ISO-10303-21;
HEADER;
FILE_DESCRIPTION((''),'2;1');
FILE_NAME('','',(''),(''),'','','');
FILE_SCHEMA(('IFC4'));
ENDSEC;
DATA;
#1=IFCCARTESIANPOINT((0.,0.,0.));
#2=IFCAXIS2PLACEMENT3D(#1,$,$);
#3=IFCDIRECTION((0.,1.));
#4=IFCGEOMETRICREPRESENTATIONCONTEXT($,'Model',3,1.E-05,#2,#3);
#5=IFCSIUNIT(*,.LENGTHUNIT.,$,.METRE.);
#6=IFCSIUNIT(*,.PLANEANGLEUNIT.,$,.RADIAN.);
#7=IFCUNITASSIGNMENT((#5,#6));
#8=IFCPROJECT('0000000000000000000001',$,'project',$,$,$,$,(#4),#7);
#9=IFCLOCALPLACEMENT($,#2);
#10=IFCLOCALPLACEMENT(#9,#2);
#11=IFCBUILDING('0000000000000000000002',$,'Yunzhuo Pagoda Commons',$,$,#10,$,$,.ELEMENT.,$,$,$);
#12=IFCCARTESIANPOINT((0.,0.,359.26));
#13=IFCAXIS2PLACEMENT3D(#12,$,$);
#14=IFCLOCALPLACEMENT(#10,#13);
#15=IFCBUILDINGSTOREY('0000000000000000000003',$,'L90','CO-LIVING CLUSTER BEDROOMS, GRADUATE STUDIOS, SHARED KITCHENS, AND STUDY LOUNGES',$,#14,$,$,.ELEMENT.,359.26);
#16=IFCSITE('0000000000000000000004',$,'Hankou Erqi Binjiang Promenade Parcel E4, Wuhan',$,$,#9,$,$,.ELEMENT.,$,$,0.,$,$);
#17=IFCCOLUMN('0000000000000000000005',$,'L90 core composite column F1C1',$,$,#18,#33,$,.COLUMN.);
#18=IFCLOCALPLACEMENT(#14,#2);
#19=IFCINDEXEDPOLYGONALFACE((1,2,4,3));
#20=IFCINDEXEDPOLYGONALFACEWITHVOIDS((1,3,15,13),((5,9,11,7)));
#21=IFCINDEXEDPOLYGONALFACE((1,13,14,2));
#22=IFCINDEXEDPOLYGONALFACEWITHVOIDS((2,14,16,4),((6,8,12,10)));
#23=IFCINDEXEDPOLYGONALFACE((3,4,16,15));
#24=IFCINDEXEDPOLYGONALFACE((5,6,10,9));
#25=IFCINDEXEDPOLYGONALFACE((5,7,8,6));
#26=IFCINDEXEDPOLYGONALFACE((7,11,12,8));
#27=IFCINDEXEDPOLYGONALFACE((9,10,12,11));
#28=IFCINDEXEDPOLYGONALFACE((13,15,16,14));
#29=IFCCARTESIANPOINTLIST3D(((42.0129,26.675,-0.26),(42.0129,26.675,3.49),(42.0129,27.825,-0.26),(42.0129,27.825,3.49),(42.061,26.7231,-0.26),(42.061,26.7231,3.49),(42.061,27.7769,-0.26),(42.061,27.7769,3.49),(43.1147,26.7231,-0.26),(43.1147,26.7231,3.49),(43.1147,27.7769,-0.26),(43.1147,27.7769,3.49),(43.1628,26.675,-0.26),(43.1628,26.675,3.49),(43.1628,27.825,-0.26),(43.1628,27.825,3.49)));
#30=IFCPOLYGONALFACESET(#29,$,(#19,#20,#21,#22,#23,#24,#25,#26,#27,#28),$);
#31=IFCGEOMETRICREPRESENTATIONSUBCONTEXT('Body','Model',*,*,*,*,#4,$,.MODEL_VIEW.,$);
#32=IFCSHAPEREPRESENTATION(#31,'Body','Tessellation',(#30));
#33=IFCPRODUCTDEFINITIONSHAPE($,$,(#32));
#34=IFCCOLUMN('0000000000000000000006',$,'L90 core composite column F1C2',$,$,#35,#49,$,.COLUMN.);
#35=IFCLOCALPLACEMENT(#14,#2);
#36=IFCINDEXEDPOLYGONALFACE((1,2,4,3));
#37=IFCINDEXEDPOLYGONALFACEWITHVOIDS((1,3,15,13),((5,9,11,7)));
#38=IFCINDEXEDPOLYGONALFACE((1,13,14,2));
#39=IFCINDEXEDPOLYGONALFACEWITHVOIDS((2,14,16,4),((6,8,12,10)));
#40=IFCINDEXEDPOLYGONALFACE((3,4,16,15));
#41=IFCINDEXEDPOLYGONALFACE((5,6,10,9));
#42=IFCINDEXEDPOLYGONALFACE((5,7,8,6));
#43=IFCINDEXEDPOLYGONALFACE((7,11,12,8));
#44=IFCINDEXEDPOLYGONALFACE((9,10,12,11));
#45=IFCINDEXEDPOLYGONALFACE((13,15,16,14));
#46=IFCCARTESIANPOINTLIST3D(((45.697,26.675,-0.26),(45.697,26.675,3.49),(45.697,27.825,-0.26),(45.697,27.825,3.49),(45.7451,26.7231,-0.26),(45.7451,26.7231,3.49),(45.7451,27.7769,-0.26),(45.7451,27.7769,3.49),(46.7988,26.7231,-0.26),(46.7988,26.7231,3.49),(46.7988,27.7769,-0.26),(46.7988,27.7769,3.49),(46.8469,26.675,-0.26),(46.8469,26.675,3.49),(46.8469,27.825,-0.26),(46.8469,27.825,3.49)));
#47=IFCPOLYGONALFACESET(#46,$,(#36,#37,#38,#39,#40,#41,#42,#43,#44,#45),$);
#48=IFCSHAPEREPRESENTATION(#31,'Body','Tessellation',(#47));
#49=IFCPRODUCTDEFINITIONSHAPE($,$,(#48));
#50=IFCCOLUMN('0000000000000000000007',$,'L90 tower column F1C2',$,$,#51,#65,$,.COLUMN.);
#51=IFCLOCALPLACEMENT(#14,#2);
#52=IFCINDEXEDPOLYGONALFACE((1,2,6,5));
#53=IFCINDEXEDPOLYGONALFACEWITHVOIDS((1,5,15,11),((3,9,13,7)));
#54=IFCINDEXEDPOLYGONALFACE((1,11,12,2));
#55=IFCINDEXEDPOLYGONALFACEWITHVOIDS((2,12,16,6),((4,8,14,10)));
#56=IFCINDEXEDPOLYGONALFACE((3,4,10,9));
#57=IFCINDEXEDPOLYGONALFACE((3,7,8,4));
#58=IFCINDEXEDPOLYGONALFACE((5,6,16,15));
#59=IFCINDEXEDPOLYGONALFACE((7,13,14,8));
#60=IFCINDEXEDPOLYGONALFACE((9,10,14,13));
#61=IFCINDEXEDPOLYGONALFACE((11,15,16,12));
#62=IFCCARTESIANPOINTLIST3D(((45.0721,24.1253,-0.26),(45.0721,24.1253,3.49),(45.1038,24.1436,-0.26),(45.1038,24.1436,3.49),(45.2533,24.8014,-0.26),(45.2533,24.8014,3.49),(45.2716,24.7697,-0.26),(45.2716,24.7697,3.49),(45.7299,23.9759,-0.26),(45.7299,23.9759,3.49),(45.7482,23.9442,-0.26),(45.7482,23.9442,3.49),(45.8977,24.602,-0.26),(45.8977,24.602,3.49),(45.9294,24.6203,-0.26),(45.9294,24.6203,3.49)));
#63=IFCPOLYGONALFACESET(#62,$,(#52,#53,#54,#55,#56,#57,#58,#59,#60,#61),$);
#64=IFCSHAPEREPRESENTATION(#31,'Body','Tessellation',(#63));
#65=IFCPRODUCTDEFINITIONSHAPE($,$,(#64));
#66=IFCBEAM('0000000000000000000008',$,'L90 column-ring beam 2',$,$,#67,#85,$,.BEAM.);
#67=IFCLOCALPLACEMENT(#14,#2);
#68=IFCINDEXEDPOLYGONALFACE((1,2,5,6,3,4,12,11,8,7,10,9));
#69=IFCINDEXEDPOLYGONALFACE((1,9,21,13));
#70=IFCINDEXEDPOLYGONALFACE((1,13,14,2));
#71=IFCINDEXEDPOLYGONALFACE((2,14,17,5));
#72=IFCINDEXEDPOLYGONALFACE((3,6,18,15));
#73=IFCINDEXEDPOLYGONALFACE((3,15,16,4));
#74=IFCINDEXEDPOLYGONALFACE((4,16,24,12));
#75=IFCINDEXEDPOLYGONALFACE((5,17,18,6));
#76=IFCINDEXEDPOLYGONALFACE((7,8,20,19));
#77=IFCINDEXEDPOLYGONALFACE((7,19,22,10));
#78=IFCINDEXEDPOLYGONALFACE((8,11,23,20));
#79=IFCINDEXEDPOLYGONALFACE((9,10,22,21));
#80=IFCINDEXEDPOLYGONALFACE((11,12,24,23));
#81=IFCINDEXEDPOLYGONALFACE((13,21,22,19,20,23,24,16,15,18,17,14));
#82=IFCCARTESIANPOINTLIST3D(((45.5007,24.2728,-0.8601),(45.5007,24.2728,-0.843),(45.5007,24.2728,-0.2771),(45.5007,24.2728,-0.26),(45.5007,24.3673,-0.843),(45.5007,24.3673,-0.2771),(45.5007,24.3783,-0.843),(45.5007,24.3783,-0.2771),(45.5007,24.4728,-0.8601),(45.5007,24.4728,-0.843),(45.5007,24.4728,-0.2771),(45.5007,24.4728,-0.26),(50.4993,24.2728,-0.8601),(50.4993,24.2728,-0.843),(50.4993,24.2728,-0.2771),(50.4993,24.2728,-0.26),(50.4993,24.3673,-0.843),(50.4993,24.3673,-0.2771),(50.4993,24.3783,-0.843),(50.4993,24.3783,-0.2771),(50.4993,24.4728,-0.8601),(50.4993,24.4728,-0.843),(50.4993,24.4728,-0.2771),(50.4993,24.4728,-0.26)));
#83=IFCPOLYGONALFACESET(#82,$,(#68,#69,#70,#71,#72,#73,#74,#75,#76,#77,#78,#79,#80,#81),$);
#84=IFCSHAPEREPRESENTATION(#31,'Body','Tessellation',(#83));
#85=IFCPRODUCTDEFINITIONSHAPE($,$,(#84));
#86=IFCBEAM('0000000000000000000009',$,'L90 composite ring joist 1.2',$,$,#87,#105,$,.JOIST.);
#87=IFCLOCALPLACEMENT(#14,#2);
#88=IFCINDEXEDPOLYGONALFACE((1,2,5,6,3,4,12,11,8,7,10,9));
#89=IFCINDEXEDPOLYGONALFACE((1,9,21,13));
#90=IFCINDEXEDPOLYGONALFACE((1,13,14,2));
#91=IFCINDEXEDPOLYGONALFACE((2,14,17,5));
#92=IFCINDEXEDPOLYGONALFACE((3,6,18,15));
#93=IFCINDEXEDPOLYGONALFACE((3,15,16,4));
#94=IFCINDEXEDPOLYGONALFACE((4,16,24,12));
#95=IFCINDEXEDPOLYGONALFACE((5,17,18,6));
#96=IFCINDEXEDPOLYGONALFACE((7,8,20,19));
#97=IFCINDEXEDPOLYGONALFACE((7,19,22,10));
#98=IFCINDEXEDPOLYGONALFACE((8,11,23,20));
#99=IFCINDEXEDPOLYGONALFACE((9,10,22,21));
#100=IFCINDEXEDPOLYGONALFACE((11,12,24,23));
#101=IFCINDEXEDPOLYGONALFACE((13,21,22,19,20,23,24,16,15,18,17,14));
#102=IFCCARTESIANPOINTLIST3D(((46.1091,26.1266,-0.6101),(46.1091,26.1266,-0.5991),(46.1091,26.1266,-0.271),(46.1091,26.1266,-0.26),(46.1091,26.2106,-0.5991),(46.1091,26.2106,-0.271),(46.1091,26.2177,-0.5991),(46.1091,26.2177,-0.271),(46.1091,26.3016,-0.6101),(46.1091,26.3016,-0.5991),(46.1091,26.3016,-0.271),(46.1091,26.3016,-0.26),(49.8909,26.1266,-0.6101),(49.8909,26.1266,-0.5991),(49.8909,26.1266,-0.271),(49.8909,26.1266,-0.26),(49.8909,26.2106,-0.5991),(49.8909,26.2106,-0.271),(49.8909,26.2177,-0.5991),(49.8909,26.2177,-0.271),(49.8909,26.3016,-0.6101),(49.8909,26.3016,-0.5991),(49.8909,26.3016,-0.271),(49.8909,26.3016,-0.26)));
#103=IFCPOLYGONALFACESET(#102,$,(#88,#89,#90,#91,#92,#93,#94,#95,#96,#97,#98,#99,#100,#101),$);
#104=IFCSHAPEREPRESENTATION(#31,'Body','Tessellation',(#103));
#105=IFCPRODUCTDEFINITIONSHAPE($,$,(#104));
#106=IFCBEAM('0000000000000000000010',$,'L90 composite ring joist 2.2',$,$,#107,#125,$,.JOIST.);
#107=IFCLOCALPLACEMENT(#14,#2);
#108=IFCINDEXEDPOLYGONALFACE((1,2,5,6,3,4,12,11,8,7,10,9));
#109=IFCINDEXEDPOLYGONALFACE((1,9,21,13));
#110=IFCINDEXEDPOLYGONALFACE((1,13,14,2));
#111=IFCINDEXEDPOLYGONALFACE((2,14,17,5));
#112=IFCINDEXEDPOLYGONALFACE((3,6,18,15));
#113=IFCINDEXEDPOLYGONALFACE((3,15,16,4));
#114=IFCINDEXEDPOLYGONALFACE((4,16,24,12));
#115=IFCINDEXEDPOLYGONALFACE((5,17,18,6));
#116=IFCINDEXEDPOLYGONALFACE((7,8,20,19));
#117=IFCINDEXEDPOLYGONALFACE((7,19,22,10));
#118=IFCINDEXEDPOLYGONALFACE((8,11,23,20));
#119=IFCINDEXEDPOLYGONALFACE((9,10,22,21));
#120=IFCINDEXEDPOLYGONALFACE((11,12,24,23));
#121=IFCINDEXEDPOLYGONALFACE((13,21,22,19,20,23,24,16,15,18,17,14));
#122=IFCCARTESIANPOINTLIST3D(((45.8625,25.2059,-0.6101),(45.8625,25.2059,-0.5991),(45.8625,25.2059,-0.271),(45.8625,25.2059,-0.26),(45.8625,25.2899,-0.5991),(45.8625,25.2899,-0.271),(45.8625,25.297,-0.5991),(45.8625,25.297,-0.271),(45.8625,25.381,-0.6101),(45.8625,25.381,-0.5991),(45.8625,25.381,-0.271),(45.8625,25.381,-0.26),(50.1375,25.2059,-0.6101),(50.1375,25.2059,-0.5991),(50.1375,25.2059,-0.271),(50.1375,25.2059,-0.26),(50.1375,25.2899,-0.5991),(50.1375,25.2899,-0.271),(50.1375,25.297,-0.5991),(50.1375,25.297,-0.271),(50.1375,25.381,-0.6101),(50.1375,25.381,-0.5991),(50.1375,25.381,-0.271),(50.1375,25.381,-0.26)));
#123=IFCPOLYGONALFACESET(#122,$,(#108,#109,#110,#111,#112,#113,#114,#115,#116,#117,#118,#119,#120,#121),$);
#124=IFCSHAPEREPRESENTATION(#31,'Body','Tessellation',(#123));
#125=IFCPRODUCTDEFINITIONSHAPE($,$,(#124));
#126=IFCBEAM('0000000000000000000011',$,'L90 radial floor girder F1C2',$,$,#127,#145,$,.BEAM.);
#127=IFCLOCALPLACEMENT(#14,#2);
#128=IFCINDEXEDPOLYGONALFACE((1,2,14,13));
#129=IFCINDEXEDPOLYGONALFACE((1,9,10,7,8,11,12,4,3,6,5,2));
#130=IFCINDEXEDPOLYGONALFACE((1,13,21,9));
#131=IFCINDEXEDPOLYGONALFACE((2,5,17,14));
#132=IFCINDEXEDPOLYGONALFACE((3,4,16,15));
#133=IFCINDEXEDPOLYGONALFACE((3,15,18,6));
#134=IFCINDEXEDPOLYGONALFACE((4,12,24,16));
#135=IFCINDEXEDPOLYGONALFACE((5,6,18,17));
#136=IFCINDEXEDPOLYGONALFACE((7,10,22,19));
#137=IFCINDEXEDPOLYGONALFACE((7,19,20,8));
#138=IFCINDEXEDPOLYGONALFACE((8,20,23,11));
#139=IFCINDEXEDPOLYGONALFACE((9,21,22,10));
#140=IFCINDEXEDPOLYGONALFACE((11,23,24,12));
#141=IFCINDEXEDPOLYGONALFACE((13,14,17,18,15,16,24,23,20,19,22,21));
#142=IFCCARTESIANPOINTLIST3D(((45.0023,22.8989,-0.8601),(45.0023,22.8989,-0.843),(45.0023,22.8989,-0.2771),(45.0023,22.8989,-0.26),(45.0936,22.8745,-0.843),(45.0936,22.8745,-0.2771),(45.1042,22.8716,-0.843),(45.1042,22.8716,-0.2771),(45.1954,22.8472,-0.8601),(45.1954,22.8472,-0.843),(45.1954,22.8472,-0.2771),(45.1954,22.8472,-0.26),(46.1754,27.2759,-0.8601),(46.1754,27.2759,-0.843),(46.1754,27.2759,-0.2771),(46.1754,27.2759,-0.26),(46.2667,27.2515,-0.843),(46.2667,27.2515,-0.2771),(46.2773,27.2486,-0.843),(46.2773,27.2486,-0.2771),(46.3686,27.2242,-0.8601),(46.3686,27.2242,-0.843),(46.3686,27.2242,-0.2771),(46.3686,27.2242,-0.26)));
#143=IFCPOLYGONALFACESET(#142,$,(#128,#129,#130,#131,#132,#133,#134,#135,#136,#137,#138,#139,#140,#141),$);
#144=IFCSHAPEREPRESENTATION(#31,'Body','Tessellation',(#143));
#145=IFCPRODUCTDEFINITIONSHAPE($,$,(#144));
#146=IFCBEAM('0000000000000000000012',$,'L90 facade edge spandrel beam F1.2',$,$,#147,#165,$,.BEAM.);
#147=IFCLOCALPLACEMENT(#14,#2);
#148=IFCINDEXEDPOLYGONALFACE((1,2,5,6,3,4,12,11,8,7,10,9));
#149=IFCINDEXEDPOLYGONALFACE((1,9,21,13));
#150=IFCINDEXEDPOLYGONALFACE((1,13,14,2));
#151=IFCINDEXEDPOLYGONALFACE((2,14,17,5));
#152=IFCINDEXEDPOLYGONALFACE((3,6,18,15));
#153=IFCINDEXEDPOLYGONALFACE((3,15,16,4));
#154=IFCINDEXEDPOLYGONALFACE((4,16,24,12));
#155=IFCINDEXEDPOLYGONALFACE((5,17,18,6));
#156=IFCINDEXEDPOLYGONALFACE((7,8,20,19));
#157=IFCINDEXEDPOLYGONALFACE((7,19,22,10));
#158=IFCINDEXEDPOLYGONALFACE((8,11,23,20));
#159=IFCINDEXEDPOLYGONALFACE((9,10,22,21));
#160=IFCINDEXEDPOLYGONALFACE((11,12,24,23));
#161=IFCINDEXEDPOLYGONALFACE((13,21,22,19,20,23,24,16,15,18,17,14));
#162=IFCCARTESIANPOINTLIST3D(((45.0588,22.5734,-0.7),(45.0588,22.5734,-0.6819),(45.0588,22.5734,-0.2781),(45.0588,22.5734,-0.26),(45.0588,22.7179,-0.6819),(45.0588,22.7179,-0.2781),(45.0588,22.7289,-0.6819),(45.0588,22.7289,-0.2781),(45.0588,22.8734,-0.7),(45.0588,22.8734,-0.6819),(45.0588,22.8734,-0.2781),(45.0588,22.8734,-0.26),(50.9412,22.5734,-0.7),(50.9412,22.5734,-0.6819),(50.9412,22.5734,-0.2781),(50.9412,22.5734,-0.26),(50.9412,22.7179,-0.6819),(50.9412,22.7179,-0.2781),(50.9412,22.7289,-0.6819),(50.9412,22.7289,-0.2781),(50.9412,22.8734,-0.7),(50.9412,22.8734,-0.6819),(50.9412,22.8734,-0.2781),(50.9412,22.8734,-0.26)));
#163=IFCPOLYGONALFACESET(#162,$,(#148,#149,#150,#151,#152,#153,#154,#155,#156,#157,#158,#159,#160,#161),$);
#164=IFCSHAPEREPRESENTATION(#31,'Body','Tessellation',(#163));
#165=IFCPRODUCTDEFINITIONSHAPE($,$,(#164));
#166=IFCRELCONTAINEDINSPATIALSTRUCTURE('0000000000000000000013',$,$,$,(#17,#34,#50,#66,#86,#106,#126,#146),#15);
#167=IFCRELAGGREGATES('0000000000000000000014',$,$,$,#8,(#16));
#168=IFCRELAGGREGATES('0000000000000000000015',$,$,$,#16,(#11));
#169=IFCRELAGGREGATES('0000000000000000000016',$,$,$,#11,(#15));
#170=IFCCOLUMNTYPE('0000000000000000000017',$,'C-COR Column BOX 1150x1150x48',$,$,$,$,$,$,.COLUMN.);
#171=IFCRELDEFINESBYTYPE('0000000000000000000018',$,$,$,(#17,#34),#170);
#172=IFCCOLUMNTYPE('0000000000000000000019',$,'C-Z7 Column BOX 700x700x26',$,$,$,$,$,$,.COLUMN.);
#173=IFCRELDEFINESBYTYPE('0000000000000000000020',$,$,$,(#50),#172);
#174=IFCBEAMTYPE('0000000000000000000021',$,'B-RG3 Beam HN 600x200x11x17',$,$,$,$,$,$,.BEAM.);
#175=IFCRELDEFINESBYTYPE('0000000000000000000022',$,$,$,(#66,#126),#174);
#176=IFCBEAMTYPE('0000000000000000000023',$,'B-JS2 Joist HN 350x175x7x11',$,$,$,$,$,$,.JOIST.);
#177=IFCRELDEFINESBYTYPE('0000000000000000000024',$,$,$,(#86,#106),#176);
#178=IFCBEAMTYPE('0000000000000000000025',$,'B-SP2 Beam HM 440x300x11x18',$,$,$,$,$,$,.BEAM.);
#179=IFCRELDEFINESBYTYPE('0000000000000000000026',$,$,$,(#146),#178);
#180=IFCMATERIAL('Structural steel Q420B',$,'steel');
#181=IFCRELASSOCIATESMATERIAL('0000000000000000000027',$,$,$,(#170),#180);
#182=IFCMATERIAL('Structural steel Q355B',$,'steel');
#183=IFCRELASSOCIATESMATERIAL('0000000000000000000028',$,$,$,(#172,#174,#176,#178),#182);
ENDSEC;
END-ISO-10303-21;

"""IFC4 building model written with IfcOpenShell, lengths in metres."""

from ifc_helpers import new_model, si_unit, direction, frame, origin, origin_2d, place, context, subcontext, project, spatial, hollow_rectangle, i_section, extrude, source, transform, mapped, material, material_profile, profile_set, type_object, element, save


model = new_model("IFC4")

# Units and contexts
model_context = context("Model", 3, precision=1e-05, world=origin(), true_north=direction((0.0, 1.0)))
body_context = subcontext(model_context, "Body", "Model", "MODEL_VIEW")
ifc_project = project(units=[si_unit("LENGTHUNIT", "METRE"), si_unit("PLANEANGLEUNIT", "RADIAN")], contexts=[model_context])

# Site, building, storey
site_placement = place(None, origin())
site = spatial("IfcSite", under=ifc_project, at=site_placement, Name="Hankou Erqi Binjiang Promenade Parcel E4, Wuhan", CompositionType="ELEMENT", RefElevation=0.0)
building_placement = place(site_placement, origin())
building = spatial("IfcBuilding", under=site, at=building_placement, Name="Yunzhuo Pagoda Commons", CompositionType="ELEMENT")
storey_placement = place(building_placement, frame((0.0, 0.0, 359.26)))
storey = spatial("IfcBuildingStorey", under=building, at=storey_placement, Name="L90", Description="CO-LIVING CLUSTER BEDROOMS, GRADUATE STUDIOS, SHARED KITCHENS, AND STUDY LOUNGES", CompositionType="ELEMENT", Elevation=359.26)

# Columns
ifc_material_1 = material(Name="Structural steel Q420B", Category="steel")
ifc_material_profile_1 = material_profile(ifc_material_1, hollow_rectangle(XDim=1.1499, YDim=1.1499, WallThickness=0.0481, at=origin_2d()), Name="Structural steel Q420B")
ifc_profile_set_1 = profile_set([ifc_material_profile_1], Name="Structural steel Q420B")
column_type_1 = type_object("IfcColumnType", Name="C-COR Column BOX 1150x1150x48", PredefinedType="COLUMN", material=ifc_profile_set_1)
shared_shape_1 = source(origin(), body_context, "Body", "SweptSolid", [
    extrude(hollow_rectangle(XDim=1.1499, YDim=1.1499, WallThickness=0.0481, at=origin_2d()), origin(), (0.0, 0.0, 1.0), 3.75),
])
for number, where, z_axis, x_axis, name in (
    (1, (42.5879, 27.25, -0.26), (0.0, 0.0, 1.0), (1.0, 0.0, 0.0), "L90 core composite column F1C1"),
    (2, (46.272, 27.25, -0.26), (0.0, 0.0, 1.0), (1.0, 0.0, 0.0), "L90 core composite column F1C2"),
):
    element("IfcColumn", number, at=place(storey_placement, frame(where, z_axis=z_axis, x_axis=x_axis)), inside=storey, type_object=column_type_1, Name=name, PredefinedType="COLUMN", context=body_context, shape_type="MappedRepresentation", body=[
        mapped(shared_shape_1, transform((0.0, 0.0, 0.0), scale=1.0)),
    ])
ifc_material_2 = material(Name="Structural steel Q355B", Category="steel")
ifc_material_profile_2 = material_profile(ifc_material_2, hollow_rectangle(XDim=0.7, YDim=0.7, WallThickness=0.0259, at=origin_2d()), Name="Structural steel Q355B")
ifc_profile_set_2 = profile_set([ifc_material_profile_2], Name="Structural steel Q355B")
column_type_2 = type_object("IfcColumnType", Name="C-Z7 Column BOX 700x700x26", PredefinedType="COLUMN", material=ifc_profile_set_2)
shared_shape_2 = source(origin(), body_context, "Body", "SweptSolid", [
    extrude(hollow_rectangle(XDim=0.7, YDim=0.7, WallThickness=0.0259, at=origin_2d()), origin(), (0.0, 0.0, 1.0), 3.75),
])
column_placement = place(storey_placement, frame((45.5007, 24.3728, -0.26), z_axis=(0.0, 0.0, 1.0), x_axis=(0.965926, -0.258819, 0.0)))
element("IfcColumn", 3, at=column_placement, inside=storey, type_object=column_type_2, Name="L90 tower column F1C2", PredefinedType="COLUMN", context=body_context, shape_type="MappedRepresentation", body=[
    mapped(shared_shape_2, transform((0.0, 0.0, 0.0), scale=1.0)),
])

# Beams
ifc_material_profile_3 = material_profile(ifc_material_2, i_section(OverallWidth=0.2, OverallDepth=0.6001, WebThickness=0.011, FlangeThickness=0.0171, at=origin_2d()), Name="Structural steel Q355B")
ifc_profile_set_3 = profile_set([ifc_material_profile_3], Name="Structural steel Q355B")
beam_type_1 = type_object("IfcBeamType", Name="B-RG3 Beam HN 600x200x11x17", PredefinedType="BEAM", material=ifc_profile_set_3)
shared_shape_3 = source(origin(), body_context, "Body", "SweptSolid", [
    extrude(i_section(OverallWidth=0.2, OverallDepth=0.6001, WebThickness=0.011, FlangeThickness=0.0171, at=origin_2d()), origin(), (0.0, 0.0, 1.0), 4.9985),
])
beam_1_placement = place(storey_placement, frame((45.5007, 24.3728, -0.5601), z_axis=(1.0, 0.0, 0.0), x_axis=(0.0, 1.0, 0.0)))
element("IfcBeam", 4, at=beam_1_placement, inside=storey, type_object=beam_type_1, Name="L90 column-ring beam 2", PredefinedType="BEAM", context=body_context, shape_type="MappedRepresentation", body=[
    mapped(shared_shape_3, transform((0.0, 0.0, 0.0), scale=1.0)),
])
ifc_material_profile_4 = material_profile(ifc_material_2, i_section(OverallWidth=0.175, OverallDepth=0.3501, WebThickness=0.0071, FlangeThickness=0.011, at=origin_2d()), Name="Structural steel Q355B")
ifc_profile_set_4 = profile_set([ifc_material_profile_4], Name="Structural steel Q355B")
beam_type_2 = type_object("IfcBeamType", Name="B-JS2 Joist HN 350x175x7x11", PredefinedType="JOIST", material=ifc_profile_set_4)
shared_shape_4 = source(origin(), body_context, "Body", "SweptSolid", [
    extrude(i_section(OverallWidth=0.175, OverallDepth=0.3501, WebThickness=0.0071, FlangeThickness=0.011, at=origin_2d()), origin(), (0.0, 0.0, 1.0), 3.7817),
])
beam_2_placement = place(storey_placement, frame((46.1091, 26.2141, -0.4351), z_axis=(1.0, 0.0, 0.0), x_axis=(0.0, 1.0, 0.0)))
element("IfcBeam", 5, at=beam_2_placement, inside=storey, type_object=beam_type_2, Name="L90 composite ring joist 1.2", PredefinedType="JOIST", context=body_context, shape_type="MappedRepresentation", body=[
    mapped(shared_shape_4, transform((0.0, 0.0, 0.0), scale=1.0)),
])
shared_shape_5 = source(origin(), body_context, "Body", "SweptSolid", [
    extrude(i_section(OverallWidth=0.175, OverallDepth=0.3501, WebThickness=0.0071, FlangeThickness=0.011, at=origin_2d()), origin(), (0.0, 0.0, 1.0), 4.2749),
])
beam_3_placement = place(storey_placement, frame((45.8625, 25.2935, -0.4351), z_axis=(1.0, 0.0, 0.0), x_axis=(0.0, 1.0, 0.0)))
element("IfcBeam", 6, at=beam_3_placement, inside=storey, type_object=beam_type_2, Name="L90 composite ring joist 2.2", PredefinedType="JOIST", context=body_context, shape_type="MappedRepresentation", body=[
    mapped(shared_shape_5, transform((0.0, 0.0, 0.0), scale=1.0)),
])
shared_shape_6 = source(origin(), body_context, "Body", "SweptSolid", [
    extrude(i_section(OverallWidth=0.2, OverallDepth=0.6001, WebThickness=0.011, FlangeThickness=0.0171, at=origin_2d()), origin(), (0.0, 0.0, 1.0), 4.5315),
])
beam_4_placement = place(storey_placement, frame((45.0989, 22.873, -0.5601), z_axis=(0.25888, 0.96591, 0.0), x_axis=(-0.96591, 0.25888, 0.0)))
element("IfcBeam", 7, at=beam_4_placement, inside=storey, type_object=beam_type_1, Name="L90 radial floor girder F1C2", PredefinedType="BEAM", context=body_context, shape_type="MappedRepresentation", body=[
    mapped(shared_shape_6, transform((0.0, 0.0, 0.0), scale=1.0)),
])
ifc_material_profile_5 = material_profile(ifc_material_2, i_section(OverallWidth=0.3, OverallDepth=0.4399, WebThickness=0.011, FlangeThickness=0.0181, at=origin_2d()), Name="Structural steel Q355B")
ifc_profile_set_5 = profile_set([ifc_material_profile_5], Name="Structural steel Q355B")
beam_type_3 = type_object("IfcBeamType", Name="B-SP2 Beam HM 440x300x11x18", PredefinedType="BEAM", material=ifc_profile_set_5)
shared_shape_7 = source(origin(), body_context, "Body", "SweptSolid", [
    extrude(i_section(OverallWidth=0.3, OverallDepth=0.4399, WebThickness=0.011, FlangeThickness=0.0181, at=origin_2d()), origin(), (0.0, 0.0, 1.0), 5.8823),
])
beam_5_placement = place(storey_placement, frame((45.0588, 22.7234, -0.48), z_axis=(1.0, 0.0, 0.0), x_axis=(0.0, 1.0, 0.0)))
element("IfcBeam", 8, at=beam_5_placement, inside=storey, type_object=beam_type_3, Name="L90 facade edge spandrel beam F1.2", PredefinedType="BEAM", context=body_context, shape_type="MappedRepresentation", body=[
    mapped(shared_shape_7, transform((0.0, 0.0, 0.0), scale=1.0)),
])

save(model, "model.ifc")
